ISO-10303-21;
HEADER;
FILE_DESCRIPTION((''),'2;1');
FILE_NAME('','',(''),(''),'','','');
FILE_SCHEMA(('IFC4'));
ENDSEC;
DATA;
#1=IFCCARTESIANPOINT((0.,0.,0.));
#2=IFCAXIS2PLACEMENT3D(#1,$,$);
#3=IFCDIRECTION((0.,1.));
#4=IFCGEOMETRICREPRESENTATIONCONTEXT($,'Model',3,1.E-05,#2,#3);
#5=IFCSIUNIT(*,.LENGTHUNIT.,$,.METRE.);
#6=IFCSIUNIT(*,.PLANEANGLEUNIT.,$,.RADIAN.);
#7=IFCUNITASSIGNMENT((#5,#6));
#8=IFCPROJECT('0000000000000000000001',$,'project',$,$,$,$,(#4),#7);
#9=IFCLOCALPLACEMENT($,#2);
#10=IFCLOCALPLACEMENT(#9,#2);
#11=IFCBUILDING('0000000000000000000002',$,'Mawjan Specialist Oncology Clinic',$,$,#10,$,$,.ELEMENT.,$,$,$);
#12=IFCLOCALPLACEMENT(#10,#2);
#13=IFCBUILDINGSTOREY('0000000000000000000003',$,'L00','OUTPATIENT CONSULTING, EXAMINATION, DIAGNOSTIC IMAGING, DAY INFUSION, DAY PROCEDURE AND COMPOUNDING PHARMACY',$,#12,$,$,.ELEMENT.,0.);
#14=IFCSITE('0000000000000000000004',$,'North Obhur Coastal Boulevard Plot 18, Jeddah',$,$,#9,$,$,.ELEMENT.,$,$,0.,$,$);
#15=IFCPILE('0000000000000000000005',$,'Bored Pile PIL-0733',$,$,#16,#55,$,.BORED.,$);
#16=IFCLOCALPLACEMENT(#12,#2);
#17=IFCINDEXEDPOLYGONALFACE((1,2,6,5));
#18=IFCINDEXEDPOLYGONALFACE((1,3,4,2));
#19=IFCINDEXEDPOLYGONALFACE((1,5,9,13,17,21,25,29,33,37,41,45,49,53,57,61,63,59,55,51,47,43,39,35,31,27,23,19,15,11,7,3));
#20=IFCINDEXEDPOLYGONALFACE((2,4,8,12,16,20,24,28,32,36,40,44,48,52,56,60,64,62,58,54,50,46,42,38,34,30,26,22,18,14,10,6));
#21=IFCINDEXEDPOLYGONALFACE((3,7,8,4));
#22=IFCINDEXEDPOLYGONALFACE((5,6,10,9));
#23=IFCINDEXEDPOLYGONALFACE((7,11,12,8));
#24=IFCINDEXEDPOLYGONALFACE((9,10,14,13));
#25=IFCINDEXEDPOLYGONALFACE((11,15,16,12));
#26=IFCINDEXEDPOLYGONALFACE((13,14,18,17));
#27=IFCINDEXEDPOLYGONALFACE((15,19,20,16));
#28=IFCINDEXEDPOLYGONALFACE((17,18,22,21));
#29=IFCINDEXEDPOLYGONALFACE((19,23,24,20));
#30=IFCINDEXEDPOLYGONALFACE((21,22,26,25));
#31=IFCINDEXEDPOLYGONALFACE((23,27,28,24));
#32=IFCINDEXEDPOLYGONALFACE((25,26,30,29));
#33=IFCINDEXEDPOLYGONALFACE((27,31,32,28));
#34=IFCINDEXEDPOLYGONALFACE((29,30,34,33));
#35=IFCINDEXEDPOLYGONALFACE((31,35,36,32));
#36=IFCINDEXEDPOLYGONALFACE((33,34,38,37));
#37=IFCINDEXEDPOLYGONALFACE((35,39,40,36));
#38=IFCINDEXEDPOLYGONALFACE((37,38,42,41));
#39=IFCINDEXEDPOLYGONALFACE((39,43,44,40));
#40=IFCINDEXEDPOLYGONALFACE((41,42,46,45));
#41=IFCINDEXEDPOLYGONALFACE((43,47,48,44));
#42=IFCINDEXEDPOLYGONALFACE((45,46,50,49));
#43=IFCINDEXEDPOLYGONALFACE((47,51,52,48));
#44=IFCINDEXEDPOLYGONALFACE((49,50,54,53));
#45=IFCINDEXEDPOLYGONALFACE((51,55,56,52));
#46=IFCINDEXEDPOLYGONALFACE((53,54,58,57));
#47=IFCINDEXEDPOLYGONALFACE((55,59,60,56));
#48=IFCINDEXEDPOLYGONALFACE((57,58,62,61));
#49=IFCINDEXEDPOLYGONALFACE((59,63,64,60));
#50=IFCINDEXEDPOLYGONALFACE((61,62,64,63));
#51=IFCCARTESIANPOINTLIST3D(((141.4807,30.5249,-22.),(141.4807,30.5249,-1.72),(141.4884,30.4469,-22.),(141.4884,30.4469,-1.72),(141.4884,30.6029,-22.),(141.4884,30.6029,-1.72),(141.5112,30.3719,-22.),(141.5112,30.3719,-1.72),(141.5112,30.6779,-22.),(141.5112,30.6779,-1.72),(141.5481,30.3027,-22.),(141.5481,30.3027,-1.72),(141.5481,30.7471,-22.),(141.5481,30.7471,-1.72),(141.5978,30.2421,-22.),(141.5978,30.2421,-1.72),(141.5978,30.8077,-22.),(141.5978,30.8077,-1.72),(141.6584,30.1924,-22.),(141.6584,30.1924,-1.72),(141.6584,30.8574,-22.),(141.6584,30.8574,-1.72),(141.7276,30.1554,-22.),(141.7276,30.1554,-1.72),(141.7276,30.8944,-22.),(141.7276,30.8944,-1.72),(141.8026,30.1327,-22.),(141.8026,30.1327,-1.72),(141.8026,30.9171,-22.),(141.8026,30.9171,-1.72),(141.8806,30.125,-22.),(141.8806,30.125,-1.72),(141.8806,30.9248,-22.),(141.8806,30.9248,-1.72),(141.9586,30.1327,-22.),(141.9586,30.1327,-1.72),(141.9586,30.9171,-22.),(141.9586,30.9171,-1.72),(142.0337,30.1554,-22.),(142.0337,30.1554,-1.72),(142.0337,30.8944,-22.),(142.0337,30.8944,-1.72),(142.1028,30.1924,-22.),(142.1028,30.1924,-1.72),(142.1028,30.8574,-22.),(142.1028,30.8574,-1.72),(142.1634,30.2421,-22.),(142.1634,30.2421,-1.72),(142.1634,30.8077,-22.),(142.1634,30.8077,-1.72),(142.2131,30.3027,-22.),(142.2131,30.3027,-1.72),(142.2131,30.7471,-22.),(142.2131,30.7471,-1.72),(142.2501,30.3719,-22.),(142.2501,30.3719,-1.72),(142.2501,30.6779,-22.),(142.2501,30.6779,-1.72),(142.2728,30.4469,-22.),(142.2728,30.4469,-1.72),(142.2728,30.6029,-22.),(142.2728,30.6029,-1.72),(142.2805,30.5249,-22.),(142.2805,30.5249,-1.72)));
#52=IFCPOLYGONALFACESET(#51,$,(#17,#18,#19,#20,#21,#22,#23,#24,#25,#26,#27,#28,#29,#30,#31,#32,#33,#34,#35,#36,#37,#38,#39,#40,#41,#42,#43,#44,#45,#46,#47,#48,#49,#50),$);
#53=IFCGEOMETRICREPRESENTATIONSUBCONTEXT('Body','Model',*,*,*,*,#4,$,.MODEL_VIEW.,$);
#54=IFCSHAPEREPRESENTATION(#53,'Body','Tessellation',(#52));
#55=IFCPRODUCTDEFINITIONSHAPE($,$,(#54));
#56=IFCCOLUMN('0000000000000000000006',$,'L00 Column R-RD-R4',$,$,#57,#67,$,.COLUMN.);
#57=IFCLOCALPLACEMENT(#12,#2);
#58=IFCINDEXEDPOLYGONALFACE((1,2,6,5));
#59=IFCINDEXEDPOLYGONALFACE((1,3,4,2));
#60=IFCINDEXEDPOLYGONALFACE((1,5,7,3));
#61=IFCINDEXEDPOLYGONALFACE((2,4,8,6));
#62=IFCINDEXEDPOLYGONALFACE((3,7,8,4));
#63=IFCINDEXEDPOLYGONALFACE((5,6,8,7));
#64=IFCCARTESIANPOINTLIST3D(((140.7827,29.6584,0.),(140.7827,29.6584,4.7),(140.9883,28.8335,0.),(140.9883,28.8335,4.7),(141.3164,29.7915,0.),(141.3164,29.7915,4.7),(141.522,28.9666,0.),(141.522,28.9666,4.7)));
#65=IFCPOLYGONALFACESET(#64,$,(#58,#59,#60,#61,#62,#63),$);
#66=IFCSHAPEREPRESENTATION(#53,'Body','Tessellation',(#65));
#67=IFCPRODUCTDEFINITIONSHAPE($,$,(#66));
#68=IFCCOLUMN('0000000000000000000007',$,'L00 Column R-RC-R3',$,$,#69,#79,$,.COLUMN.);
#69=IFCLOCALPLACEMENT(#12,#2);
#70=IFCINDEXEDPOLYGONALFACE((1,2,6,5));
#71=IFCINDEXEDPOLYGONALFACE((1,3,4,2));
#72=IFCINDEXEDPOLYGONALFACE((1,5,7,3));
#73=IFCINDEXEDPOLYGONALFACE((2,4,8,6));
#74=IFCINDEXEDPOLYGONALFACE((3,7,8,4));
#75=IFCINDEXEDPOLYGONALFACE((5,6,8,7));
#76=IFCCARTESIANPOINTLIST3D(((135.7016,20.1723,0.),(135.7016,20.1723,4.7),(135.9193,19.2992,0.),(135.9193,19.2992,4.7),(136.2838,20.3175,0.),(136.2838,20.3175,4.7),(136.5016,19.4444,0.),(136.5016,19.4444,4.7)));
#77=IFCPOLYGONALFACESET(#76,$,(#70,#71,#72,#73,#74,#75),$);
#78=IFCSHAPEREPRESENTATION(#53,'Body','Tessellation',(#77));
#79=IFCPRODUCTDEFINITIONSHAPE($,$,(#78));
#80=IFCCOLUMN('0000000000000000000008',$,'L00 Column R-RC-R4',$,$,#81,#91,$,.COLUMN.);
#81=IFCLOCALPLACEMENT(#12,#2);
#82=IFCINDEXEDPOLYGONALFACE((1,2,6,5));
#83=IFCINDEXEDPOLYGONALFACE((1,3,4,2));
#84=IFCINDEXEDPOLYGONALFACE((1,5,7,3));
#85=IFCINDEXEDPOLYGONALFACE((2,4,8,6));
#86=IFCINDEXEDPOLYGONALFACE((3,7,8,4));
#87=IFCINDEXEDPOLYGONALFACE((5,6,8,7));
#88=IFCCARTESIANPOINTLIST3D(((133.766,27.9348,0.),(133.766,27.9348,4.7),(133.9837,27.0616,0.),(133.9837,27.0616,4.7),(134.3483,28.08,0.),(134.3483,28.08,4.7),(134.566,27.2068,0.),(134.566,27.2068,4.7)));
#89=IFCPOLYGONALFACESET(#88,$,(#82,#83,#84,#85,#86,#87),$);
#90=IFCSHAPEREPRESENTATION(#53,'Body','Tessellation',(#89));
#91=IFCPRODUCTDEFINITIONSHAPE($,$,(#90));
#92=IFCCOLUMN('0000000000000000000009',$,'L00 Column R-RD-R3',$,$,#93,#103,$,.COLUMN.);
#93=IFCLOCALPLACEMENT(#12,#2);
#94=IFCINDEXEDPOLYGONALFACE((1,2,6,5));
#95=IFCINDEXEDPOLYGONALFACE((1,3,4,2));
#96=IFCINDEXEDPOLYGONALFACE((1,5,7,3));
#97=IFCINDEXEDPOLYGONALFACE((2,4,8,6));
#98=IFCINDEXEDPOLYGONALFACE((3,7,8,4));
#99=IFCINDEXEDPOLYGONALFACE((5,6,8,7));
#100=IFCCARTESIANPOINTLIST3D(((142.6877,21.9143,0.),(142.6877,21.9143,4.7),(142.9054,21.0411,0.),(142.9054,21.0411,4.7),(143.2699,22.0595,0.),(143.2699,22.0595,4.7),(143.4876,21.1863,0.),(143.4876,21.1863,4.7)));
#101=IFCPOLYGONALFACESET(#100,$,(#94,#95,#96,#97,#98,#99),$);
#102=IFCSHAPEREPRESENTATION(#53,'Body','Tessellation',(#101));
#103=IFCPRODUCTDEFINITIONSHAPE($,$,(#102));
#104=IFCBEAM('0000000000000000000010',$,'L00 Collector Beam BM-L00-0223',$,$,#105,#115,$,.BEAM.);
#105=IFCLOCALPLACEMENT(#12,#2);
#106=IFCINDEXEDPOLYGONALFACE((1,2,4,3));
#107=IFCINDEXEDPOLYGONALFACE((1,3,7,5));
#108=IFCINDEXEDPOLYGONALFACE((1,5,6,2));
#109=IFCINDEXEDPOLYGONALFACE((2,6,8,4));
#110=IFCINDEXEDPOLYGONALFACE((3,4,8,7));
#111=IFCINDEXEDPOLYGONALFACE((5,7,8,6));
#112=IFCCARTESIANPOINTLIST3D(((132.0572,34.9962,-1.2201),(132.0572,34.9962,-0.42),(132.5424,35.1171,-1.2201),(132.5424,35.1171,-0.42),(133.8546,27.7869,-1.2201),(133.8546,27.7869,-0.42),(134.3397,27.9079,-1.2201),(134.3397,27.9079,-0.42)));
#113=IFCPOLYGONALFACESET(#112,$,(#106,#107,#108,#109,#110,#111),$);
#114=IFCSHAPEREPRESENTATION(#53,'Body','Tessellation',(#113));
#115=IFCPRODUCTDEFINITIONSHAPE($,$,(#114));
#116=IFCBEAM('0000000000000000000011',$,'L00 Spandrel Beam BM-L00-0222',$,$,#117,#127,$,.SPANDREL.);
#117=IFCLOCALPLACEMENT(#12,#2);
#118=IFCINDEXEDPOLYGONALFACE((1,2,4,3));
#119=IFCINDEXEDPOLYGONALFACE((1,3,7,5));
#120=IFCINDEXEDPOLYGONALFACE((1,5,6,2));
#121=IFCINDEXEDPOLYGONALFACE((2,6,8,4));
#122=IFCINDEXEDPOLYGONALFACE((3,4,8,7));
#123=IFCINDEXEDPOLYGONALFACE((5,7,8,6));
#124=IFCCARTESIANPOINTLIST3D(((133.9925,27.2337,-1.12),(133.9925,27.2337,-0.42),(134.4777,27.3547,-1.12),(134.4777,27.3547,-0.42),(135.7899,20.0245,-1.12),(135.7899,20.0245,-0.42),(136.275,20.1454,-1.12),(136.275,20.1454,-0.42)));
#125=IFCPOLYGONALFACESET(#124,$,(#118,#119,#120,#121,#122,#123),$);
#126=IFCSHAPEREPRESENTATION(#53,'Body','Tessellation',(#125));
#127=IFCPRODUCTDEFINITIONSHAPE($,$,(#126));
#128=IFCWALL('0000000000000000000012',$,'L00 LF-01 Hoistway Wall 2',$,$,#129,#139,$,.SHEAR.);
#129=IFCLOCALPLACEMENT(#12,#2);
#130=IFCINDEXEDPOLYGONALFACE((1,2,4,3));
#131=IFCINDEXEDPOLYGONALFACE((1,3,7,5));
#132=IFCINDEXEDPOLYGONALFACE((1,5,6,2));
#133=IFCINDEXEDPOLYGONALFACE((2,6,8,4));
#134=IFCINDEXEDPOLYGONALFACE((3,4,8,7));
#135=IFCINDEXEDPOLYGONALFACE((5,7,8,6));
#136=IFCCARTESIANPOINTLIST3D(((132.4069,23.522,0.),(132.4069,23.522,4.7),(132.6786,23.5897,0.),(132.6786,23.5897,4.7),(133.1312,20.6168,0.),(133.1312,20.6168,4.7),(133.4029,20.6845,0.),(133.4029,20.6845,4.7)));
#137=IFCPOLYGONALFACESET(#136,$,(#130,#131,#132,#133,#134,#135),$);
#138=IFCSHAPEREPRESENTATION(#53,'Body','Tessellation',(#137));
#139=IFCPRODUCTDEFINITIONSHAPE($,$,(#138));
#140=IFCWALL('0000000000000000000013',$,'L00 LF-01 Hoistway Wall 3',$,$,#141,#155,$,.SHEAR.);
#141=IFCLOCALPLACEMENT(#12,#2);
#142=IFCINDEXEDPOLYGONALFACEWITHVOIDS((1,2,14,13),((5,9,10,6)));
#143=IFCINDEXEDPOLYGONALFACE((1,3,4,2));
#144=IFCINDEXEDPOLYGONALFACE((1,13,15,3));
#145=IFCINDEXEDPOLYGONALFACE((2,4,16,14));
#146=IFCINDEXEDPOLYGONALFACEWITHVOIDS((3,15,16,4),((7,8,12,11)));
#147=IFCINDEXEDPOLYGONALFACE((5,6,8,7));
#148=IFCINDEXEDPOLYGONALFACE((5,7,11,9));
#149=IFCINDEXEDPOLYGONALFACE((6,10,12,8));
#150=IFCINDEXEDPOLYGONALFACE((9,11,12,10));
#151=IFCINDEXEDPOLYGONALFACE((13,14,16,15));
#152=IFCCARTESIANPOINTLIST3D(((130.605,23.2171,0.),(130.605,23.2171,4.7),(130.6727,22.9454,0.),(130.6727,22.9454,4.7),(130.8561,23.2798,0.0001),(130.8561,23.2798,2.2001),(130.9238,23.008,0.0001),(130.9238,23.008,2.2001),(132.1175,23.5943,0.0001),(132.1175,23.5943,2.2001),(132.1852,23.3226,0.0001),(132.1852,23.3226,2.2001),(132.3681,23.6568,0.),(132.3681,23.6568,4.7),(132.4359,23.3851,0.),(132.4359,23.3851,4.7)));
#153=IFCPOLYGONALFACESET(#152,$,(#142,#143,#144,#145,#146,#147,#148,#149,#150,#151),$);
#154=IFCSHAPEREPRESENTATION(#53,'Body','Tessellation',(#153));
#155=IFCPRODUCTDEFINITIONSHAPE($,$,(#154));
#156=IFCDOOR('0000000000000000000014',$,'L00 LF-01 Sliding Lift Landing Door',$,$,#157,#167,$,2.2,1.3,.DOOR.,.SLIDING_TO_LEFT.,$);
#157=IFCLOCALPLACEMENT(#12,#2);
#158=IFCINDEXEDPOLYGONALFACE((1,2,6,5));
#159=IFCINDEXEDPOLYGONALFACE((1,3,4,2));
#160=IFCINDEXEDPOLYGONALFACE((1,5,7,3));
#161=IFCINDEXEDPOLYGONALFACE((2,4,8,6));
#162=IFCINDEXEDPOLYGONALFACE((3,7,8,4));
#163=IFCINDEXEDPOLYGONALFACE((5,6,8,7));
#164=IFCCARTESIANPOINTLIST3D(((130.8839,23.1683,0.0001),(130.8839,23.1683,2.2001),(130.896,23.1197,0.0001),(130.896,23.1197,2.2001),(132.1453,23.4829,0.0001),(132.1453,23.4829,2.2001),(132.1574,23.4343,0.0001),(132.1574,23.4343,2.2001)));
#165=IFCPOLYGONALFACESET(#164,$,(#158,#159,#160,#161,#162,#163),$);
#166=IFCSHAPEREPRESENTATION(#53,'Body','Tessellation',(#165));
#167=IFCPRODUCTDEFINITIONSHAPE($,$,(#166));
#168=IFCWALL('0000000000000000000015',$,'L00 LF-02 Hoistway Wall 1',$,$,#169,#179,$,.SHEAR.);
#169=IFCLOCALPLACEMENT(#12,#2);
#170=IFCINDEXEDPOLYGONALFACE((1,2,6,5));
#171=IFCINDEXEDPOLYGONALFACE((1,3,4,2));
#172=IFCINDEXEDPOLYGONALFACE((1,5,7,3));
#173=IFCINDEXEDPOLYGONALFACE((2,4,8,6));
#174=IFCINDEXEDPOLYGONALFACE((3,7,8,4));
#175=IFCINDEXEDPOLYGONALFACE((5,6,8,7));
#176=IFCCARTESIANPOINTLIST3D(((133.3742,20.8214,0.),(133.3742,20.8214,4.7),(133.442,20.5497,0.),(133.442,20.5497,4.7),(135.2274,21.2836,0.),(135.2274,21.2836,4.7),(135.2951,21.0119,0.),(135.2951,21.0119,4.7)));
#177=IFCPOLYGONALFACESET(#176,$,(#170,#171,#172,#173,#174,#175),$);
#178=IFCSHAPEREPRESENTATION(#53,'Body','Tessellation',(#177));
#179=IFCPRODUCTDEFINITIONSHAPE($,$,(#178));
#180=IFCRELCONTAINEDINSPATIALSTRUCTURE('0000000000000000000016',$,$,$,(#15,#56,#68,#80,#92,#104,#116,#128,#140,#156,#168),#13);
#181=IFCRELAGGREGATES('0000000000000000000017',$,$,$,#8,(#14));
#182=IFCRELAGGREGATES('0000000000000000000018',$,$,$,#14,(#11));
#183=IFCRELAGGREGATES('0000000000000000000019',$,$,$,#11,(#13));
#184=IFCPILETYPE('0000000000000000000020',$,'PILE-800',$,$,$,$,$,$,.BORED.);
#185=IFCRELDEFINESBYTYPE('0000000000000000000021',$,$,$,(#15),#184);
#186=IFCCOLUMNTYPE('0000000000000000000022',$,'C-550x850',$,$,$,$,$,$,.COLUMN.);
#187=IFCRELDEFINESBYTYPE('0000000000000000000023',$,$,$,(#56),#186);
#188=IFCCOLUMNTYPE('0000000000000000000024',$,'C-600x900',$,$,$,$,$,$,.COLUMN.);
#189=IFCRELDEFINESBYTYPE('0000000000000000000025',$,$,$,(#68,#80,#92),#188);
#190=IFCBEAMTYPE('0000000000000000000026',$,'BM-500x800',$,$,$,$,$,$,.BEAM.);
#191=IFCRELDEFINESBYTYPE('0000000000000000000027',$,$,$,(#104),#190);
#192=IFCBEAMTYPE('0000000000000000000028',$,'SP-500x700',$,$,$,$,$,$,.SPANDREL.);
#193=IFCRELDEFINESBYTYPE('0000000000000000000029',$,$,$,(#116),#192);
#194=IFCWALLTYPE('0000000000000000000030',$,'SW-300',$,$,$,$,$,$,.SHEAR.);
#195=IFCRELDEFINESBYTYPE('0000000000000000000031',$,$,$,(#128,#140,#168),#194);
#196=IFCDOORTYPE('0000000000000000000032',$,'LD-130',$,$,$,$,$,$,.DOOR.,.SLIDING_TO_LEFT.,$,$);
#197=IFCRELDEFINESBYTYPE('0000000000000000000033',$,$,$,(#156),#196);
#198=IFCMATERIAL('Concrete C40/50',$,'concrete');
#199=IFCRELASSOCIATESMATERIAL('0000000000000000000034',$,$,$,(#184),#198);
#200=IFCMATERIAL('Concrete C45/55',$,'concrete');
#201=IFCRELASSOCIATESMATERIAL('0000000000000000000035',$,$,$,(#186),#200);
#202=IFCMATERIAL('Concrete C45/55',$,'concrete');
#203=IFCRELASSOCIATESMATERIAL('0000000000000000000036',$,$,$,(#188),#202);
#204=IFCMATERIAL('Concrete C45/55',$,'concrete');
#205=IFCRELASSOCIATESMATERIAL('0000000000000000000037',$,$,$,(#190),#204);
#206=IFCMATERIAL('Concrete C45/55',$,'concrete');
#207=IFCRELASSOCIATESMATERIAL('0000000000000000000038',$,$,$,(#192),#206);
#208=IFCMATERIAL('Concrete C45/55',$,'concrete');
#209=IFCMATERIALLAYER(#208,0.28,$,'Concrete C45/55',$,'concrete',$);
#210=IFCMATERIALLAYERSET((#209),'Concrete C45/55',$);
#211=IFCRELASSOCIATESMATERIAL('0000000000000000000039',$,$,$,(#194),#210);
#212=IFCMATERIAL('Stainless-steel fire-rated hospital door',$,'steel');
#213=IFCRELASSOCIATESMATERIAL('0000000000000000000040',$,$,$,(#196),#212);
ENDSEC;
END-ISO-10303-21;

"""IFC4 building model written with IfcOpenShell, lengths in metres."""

from ifc_helpers import new_model, si_unit, direction, frame, frame_2d, origin, origin_2d, place, context, subcontext, project, spatial, rectangle, circle, extrude, material, layer, layer_set, material_profile, profile_set, type_object, element, fill, save


model = new_model("IFC4")

# Units and contexts
model_context = context("Model", 3, precision=1e-05, world=origin(), true_north=direction((0.0, 1.0)))
body_context = subcontext(model_context, "Body", "Model", "MODEL_VIEW")
ifc_project = project(units=[si_unit("LENGTHUNIT", "METRE"), si_unit("PLANEANGLEUNIT", "RADIAN")], contexts=[model_context])

# Site, building, storey
site_placement = place(None, origin())
site = spatial("IfcSite", under=ifc_project, at=site_placement, Name="North Obhur Coastal Boulevard Plot 18, Jeddah", CompositionType="ELEMENT", RefElevation=0.0)
building_placement = place(site_placement, origin())
building = spatial("IfcBuilding", under=site, at=building_placement, Name="Mawjan Specialist Oncology Clinic", CompositionType="ELEMENT")
storey_placement = place(building_placement, origin())
storey = spatial("IfcBuildingStorey", under=building, at=storey_placement, Name="L00", Description="OUTPATIENT CONSULTING, EXAMINATION, DIAGNOSTIC IMAGING, DAY INFUSION, DAY PROCEDURE AND COMPOUNDING PHARMACY", CompositionType="ELEMENT", Elevation=0.0)

# Pile
ifc_material_1 = material(Name="Concrete C40/50", Category="concrete")
ifc_material_profile_1 = material_profile(ifc_material_1, circle(Radius=0.3999, at=origin_2d()), Name="BORED PILE D800", Category="concrete")
ifc_profile_set_1 = profile_set([ifc_material_profile_1], Name="Concrete C40/50")
pile_type_1 = type_object("IfcPileType", Name="PILE-800", PredefinedType="BORED", material=ifc_profile_set_1)
for number, where, z_axis, x_axis, name in (
    (1, (141.8806, 30.5249, -1.72), (0.0, 0.0, -1.0), (1.0, 0.0, 0.0), "Bored Pile PIL-0733"),
):
    element("IfcPile", number, at=place(storey_placement, frame(where, z_axis=z_axis, x_axis=x_axis)), inside=storey, type_object=pile_type_1, Name=name, PredefinedType="BORED", context=body_context, shape_type="SweptSolid", body=[
        extrude(circle(Radius=0.3999, at=origin_2d()), origin(), (0.0, 0.0, 1.0), 20.28),
    ])

# Columns
ifc_material_2 = material(Name="Concrete C45/55", Category="concrete")
ifc_material_profile_2 = material_profile(ifc_material_2, rectangle(XDim=0.55, YDim=0.8501, at=origin_2d()), Name="RC COL 550x850", Category="concrete")
ifc_profile_set_2 = profile_set([ifc_material_profile_2], Name="Concrete C45/55")
column_type_1 = type_object("IfcColumnType", Name="C-550x850", PredefinedType="COLUMN", material=ifc_profile_set_2)
column_placement = place(storey_placement, frame((141.1523, 29.3125, 0.0), z_axis=(0.0, 0.0, 1.0), x_axis=(0.970296, 0.241922, 0.0)))
element("IfcColumn", 2, at=column_placement, inside=storey, type_object=column_type_1, Name="L00 Column R-RD-R4", PredefinedType="COLUMN", context=body_context, shape_type="SweptSolid", body=[
    extrude(rectangle(XDim=0.55, YDim=0.8501, at=origin_2d()), origin(), (0.0, 0.0, 1.0), 4.7),
])
ifc_material_3 = material(Name="Concrete C45/55", Category="concrete")
ifc_material_profile_3 = material_profile(ifc_material_3, rectangle(XDim=0.6001, YDim=0.8999, at=origin_2d()), Name="RC COL 600x900", Category="concrete")
ifc_profile_set_3 = profile_set([ifc_material_profile_3], Name="Concrete C45/55")
column_type_2 = type_object("IfcColumnType", Name="C-600x900", PredefinedType="COLUMN", material=ifc_profile_set_3)
for number, where, z_axis, x_axis, name in (
    (3, (136.1016, 19.8083, 0.0), (0.0, 0.0, 1.0), (0.970296, 0.241922, 0.0), "L00 Column R-RC-R3"),
    (4, (134.166, 27.5708, 0.0), (0.0, 0.0, 1.0), (0.970296, 0.241922, 0.0), "L00 Column R-RC-R4"),
    (5, (143.0876, 21.5503, 0.0), (0.0, 0.0, 1.0), (0.970296, 0.241922, 0.0), "L00 Column R-RD-R3"),
):
    element("IfcColumn", number, at=place(storey_placement, frame(where, z_axis=z_axis, x_axis=x_axis)), inside=storey, type_object=column_type_2, Name=name, PredefinedType="COLUMN", context=body_context, shape_type="SweptSolid", body=[
        extrude(rectangle(XDim=0.6001, YDim=0.8999, at=origin_2d()), origin(), (0.0, 0.0, 1.0), 4.7),
    ])

# Beams
ifc_material_4 = material(Name="Concrete C45/55", Category="concrete")
ifc_material_profile_4 = material_profile(ifc_material_4, rectangle(XDim=0.5, YDim=0.8, at=origin_2d()), Name="RC BM 500x800", Category="concrete")
ifc_profile_set_4 = profile_set([ifc_material_profile_4], Name="Concrete C45/55")
beam_type_1 = type_object("IfcBeamType", Name="BM-500x800", PredefinedType="BEAM", material=ifc_profile_set_4)
beam_1_placement = place(storey_placement, frame((134.0972, 27.8474, -0.8201), z_axis=(-0.241909, 0.970299, 0.0), x_axis=(-0.970299, -0.241909, 0.0)))
element("IfcBeam", 6, at=beam_1_placement, inside=storey, type_object=beam_type_1, Name="L00 Collector Beam BM-L00-0223", PredefinedType="BEAM", context=body_context, shape_type="SweptSolid", body=[
    extrude(rectangle(XDim=0.5, YDim=0.8, at=origin_2d()), origin(), (0.0, 0.0, 1.0), 7.4299),
])
ifc_material_5 = material(Name="Concrete C45/55", Category="concrete")
ifc_material_profile_5 = material_profile(ifc_material_5, rectangle(XDim=0.5, YDim=0.7, at=origin_2d()), Name="RC BM 500x700", Category="concrete")
ifc_profile_set_5 = profile_set([ifc_material_profile_5], Name="Concrete C45/55")
beam_type_2 = type_object("IfcBeamType", Name="SP-500x700", PredefinedType="SPANDREL", material=ifc_profile_set_5)
beam_2_placement = place(storey_placement, frame((136.0325, 20.085, -0.77), z_axis=(-0.241909, 0.970299, 0.0), x_axis=(-0.970299, -0.241909, 0.0)))
element("IfcBeam", 7, at=beam_2_placement, inside=storey, type_object=beam_type_2, Name="L00 Spandrel Beam BM-L00-0222", PredefinedType="SPANDREL", context=body_context, shape_type="SweptSolid", body=[
    extrude(rectangle(XDim=0.5, YDim=0.7, at=origin_2d()), origin(), (0.0, 0.0, 1.0), 7.4299),
])

# Wall
ifc_material_6 = material(Name="Concrete C45/55", Category="concrete")
ifc_layer_1 = layer(ifc_material_6, 0.28, Name="Concrete C45/55", Category="concrete")
ifc_layer_set_1 = layer_set([ifc_layer_1], Name="Concrete C45/55")
wall_type_1 = type_object("IfcWallType", Name="SW-300", PredefinedType="SHEAR", material=ifc_layer_set_1)
wall_1_placement = place(storey_placement, frame((133.2671, 20.6506, 0.0), z_axis=(0.0, 0.0, 1.0), x_axis=(-0.241922, 0.970296, 0.0)))
element("IfcWall", 8, at=wall_1_placement, inside=storey, type_object=wall_type_1, Name="L00 LF-01 Hoistway Wall 2", PredefinedType="SHEAR", context=body_context, shape_type="SweptSolid", body=[
    extrude(rectangle(XDim=2.9941, YDim=0.28, at=frame_2d((1.4971, 0.0))), origin(), (0.0, 0.0, 1.0), 4.7),
])

# Wall, opening, door
wall_2_placement = place(storey_placement, frame((132.4021, 23.521, 0.0), z_axis=(0.0, 0.0, 1.0), x_axis=(-0.970285, -0.241967, 0.0)))
wall_2 = element("IfcWall", 9, at=wall_2_placement, inside=storey, type_object=wall_type_1, Name="L00 LF-01 Hoistway Wall 3", PredefinedType="SHEAR", context=body_context, shape_type="SweptSolid", body=[
    extrude(rectangle(XDim=1.8171, YDim=0.28, at=frame_2d((0.9087, 0.0))), origin(), (0.0, 0.0, 1.0), 4.7),
])
opening_1_placement = place(wall_2_placement, frame((0.2585, 0.0, 0.0)))
opening_1 = element("IfcOpeningElement", 10, at=opening_1_placement, cuts=wall_2, PredefinedType="OPENING", context=body_context, shape_type="SweptSolid", body=[
    extrude(rectangle(XDim=1.3, YDim=2.2, at=frame_2d((0.6499, 1.1001))), frame((0.0, 0.1521, 0.0), z_axis=(0.0, -1.0, 0.0), x_axis=(1.0, 0.0, 0.0)), (0.0, 0.0, 1.0), 0.304),
])
ifc_material_7 = material(Name="Stainless-steel fire-rated hospital door", Category="steel")
door_type = type_object("IfcDoorType", Name="LD-130", OperationType="SLIDING_TO_LEFT", PredefinedType="DOOR", material=ifc_material_7)
door_1_placement = place(opening_1_placement, origin())
door_1 = element("IfcDoor", 11, at=door_1_placement, inside=storey, type_object=door_type, Name="L00 LF-01 Sliding Lift Landing Door", OperationType="SLIDING_TO_LEFT", OverallHeight=2.2, OverallWidth=1.3, PredefinedType="DOOR", context=body_context, shape_type="SweptSolid", body=[
    extrude(rectangle(XDim=1.3, YDim=2.2, at=frame_2d((0.6499, 1.1001))), frame((0.0, 0.0249, 0.0), z_axis=(0.0, -1.0, 0.0), x_axis=(1.0, 0.0, 0.0)), (0.0, 0.0, 1.0), 0.05),
])
fill(opening_1, door_1)

# Wall
wall_3_placement = place(storey_placement, frame((133.408, 20.6855, 0.0), z_axis=(0.0, 0.0, 1.0), x_axis=(0.970285, 0.241964, 0.0)))
element("IfcWall", 12, at=wall_3_placement, inside=storey, type_object=wall_type_1, Name="L00 LF-02 Hoistway Wall 1", PredefinedType="SHEAR", context=body_context, shape_type="SweptSolid", body=[
    extrude(rectangle(XDim=1.9099, YDim=0.28, at=frame_2d((0.9551, 0.0))), origin(), (0.0, 0.0, 1.0), 4.7),
])

save(model, "model.ifc")
